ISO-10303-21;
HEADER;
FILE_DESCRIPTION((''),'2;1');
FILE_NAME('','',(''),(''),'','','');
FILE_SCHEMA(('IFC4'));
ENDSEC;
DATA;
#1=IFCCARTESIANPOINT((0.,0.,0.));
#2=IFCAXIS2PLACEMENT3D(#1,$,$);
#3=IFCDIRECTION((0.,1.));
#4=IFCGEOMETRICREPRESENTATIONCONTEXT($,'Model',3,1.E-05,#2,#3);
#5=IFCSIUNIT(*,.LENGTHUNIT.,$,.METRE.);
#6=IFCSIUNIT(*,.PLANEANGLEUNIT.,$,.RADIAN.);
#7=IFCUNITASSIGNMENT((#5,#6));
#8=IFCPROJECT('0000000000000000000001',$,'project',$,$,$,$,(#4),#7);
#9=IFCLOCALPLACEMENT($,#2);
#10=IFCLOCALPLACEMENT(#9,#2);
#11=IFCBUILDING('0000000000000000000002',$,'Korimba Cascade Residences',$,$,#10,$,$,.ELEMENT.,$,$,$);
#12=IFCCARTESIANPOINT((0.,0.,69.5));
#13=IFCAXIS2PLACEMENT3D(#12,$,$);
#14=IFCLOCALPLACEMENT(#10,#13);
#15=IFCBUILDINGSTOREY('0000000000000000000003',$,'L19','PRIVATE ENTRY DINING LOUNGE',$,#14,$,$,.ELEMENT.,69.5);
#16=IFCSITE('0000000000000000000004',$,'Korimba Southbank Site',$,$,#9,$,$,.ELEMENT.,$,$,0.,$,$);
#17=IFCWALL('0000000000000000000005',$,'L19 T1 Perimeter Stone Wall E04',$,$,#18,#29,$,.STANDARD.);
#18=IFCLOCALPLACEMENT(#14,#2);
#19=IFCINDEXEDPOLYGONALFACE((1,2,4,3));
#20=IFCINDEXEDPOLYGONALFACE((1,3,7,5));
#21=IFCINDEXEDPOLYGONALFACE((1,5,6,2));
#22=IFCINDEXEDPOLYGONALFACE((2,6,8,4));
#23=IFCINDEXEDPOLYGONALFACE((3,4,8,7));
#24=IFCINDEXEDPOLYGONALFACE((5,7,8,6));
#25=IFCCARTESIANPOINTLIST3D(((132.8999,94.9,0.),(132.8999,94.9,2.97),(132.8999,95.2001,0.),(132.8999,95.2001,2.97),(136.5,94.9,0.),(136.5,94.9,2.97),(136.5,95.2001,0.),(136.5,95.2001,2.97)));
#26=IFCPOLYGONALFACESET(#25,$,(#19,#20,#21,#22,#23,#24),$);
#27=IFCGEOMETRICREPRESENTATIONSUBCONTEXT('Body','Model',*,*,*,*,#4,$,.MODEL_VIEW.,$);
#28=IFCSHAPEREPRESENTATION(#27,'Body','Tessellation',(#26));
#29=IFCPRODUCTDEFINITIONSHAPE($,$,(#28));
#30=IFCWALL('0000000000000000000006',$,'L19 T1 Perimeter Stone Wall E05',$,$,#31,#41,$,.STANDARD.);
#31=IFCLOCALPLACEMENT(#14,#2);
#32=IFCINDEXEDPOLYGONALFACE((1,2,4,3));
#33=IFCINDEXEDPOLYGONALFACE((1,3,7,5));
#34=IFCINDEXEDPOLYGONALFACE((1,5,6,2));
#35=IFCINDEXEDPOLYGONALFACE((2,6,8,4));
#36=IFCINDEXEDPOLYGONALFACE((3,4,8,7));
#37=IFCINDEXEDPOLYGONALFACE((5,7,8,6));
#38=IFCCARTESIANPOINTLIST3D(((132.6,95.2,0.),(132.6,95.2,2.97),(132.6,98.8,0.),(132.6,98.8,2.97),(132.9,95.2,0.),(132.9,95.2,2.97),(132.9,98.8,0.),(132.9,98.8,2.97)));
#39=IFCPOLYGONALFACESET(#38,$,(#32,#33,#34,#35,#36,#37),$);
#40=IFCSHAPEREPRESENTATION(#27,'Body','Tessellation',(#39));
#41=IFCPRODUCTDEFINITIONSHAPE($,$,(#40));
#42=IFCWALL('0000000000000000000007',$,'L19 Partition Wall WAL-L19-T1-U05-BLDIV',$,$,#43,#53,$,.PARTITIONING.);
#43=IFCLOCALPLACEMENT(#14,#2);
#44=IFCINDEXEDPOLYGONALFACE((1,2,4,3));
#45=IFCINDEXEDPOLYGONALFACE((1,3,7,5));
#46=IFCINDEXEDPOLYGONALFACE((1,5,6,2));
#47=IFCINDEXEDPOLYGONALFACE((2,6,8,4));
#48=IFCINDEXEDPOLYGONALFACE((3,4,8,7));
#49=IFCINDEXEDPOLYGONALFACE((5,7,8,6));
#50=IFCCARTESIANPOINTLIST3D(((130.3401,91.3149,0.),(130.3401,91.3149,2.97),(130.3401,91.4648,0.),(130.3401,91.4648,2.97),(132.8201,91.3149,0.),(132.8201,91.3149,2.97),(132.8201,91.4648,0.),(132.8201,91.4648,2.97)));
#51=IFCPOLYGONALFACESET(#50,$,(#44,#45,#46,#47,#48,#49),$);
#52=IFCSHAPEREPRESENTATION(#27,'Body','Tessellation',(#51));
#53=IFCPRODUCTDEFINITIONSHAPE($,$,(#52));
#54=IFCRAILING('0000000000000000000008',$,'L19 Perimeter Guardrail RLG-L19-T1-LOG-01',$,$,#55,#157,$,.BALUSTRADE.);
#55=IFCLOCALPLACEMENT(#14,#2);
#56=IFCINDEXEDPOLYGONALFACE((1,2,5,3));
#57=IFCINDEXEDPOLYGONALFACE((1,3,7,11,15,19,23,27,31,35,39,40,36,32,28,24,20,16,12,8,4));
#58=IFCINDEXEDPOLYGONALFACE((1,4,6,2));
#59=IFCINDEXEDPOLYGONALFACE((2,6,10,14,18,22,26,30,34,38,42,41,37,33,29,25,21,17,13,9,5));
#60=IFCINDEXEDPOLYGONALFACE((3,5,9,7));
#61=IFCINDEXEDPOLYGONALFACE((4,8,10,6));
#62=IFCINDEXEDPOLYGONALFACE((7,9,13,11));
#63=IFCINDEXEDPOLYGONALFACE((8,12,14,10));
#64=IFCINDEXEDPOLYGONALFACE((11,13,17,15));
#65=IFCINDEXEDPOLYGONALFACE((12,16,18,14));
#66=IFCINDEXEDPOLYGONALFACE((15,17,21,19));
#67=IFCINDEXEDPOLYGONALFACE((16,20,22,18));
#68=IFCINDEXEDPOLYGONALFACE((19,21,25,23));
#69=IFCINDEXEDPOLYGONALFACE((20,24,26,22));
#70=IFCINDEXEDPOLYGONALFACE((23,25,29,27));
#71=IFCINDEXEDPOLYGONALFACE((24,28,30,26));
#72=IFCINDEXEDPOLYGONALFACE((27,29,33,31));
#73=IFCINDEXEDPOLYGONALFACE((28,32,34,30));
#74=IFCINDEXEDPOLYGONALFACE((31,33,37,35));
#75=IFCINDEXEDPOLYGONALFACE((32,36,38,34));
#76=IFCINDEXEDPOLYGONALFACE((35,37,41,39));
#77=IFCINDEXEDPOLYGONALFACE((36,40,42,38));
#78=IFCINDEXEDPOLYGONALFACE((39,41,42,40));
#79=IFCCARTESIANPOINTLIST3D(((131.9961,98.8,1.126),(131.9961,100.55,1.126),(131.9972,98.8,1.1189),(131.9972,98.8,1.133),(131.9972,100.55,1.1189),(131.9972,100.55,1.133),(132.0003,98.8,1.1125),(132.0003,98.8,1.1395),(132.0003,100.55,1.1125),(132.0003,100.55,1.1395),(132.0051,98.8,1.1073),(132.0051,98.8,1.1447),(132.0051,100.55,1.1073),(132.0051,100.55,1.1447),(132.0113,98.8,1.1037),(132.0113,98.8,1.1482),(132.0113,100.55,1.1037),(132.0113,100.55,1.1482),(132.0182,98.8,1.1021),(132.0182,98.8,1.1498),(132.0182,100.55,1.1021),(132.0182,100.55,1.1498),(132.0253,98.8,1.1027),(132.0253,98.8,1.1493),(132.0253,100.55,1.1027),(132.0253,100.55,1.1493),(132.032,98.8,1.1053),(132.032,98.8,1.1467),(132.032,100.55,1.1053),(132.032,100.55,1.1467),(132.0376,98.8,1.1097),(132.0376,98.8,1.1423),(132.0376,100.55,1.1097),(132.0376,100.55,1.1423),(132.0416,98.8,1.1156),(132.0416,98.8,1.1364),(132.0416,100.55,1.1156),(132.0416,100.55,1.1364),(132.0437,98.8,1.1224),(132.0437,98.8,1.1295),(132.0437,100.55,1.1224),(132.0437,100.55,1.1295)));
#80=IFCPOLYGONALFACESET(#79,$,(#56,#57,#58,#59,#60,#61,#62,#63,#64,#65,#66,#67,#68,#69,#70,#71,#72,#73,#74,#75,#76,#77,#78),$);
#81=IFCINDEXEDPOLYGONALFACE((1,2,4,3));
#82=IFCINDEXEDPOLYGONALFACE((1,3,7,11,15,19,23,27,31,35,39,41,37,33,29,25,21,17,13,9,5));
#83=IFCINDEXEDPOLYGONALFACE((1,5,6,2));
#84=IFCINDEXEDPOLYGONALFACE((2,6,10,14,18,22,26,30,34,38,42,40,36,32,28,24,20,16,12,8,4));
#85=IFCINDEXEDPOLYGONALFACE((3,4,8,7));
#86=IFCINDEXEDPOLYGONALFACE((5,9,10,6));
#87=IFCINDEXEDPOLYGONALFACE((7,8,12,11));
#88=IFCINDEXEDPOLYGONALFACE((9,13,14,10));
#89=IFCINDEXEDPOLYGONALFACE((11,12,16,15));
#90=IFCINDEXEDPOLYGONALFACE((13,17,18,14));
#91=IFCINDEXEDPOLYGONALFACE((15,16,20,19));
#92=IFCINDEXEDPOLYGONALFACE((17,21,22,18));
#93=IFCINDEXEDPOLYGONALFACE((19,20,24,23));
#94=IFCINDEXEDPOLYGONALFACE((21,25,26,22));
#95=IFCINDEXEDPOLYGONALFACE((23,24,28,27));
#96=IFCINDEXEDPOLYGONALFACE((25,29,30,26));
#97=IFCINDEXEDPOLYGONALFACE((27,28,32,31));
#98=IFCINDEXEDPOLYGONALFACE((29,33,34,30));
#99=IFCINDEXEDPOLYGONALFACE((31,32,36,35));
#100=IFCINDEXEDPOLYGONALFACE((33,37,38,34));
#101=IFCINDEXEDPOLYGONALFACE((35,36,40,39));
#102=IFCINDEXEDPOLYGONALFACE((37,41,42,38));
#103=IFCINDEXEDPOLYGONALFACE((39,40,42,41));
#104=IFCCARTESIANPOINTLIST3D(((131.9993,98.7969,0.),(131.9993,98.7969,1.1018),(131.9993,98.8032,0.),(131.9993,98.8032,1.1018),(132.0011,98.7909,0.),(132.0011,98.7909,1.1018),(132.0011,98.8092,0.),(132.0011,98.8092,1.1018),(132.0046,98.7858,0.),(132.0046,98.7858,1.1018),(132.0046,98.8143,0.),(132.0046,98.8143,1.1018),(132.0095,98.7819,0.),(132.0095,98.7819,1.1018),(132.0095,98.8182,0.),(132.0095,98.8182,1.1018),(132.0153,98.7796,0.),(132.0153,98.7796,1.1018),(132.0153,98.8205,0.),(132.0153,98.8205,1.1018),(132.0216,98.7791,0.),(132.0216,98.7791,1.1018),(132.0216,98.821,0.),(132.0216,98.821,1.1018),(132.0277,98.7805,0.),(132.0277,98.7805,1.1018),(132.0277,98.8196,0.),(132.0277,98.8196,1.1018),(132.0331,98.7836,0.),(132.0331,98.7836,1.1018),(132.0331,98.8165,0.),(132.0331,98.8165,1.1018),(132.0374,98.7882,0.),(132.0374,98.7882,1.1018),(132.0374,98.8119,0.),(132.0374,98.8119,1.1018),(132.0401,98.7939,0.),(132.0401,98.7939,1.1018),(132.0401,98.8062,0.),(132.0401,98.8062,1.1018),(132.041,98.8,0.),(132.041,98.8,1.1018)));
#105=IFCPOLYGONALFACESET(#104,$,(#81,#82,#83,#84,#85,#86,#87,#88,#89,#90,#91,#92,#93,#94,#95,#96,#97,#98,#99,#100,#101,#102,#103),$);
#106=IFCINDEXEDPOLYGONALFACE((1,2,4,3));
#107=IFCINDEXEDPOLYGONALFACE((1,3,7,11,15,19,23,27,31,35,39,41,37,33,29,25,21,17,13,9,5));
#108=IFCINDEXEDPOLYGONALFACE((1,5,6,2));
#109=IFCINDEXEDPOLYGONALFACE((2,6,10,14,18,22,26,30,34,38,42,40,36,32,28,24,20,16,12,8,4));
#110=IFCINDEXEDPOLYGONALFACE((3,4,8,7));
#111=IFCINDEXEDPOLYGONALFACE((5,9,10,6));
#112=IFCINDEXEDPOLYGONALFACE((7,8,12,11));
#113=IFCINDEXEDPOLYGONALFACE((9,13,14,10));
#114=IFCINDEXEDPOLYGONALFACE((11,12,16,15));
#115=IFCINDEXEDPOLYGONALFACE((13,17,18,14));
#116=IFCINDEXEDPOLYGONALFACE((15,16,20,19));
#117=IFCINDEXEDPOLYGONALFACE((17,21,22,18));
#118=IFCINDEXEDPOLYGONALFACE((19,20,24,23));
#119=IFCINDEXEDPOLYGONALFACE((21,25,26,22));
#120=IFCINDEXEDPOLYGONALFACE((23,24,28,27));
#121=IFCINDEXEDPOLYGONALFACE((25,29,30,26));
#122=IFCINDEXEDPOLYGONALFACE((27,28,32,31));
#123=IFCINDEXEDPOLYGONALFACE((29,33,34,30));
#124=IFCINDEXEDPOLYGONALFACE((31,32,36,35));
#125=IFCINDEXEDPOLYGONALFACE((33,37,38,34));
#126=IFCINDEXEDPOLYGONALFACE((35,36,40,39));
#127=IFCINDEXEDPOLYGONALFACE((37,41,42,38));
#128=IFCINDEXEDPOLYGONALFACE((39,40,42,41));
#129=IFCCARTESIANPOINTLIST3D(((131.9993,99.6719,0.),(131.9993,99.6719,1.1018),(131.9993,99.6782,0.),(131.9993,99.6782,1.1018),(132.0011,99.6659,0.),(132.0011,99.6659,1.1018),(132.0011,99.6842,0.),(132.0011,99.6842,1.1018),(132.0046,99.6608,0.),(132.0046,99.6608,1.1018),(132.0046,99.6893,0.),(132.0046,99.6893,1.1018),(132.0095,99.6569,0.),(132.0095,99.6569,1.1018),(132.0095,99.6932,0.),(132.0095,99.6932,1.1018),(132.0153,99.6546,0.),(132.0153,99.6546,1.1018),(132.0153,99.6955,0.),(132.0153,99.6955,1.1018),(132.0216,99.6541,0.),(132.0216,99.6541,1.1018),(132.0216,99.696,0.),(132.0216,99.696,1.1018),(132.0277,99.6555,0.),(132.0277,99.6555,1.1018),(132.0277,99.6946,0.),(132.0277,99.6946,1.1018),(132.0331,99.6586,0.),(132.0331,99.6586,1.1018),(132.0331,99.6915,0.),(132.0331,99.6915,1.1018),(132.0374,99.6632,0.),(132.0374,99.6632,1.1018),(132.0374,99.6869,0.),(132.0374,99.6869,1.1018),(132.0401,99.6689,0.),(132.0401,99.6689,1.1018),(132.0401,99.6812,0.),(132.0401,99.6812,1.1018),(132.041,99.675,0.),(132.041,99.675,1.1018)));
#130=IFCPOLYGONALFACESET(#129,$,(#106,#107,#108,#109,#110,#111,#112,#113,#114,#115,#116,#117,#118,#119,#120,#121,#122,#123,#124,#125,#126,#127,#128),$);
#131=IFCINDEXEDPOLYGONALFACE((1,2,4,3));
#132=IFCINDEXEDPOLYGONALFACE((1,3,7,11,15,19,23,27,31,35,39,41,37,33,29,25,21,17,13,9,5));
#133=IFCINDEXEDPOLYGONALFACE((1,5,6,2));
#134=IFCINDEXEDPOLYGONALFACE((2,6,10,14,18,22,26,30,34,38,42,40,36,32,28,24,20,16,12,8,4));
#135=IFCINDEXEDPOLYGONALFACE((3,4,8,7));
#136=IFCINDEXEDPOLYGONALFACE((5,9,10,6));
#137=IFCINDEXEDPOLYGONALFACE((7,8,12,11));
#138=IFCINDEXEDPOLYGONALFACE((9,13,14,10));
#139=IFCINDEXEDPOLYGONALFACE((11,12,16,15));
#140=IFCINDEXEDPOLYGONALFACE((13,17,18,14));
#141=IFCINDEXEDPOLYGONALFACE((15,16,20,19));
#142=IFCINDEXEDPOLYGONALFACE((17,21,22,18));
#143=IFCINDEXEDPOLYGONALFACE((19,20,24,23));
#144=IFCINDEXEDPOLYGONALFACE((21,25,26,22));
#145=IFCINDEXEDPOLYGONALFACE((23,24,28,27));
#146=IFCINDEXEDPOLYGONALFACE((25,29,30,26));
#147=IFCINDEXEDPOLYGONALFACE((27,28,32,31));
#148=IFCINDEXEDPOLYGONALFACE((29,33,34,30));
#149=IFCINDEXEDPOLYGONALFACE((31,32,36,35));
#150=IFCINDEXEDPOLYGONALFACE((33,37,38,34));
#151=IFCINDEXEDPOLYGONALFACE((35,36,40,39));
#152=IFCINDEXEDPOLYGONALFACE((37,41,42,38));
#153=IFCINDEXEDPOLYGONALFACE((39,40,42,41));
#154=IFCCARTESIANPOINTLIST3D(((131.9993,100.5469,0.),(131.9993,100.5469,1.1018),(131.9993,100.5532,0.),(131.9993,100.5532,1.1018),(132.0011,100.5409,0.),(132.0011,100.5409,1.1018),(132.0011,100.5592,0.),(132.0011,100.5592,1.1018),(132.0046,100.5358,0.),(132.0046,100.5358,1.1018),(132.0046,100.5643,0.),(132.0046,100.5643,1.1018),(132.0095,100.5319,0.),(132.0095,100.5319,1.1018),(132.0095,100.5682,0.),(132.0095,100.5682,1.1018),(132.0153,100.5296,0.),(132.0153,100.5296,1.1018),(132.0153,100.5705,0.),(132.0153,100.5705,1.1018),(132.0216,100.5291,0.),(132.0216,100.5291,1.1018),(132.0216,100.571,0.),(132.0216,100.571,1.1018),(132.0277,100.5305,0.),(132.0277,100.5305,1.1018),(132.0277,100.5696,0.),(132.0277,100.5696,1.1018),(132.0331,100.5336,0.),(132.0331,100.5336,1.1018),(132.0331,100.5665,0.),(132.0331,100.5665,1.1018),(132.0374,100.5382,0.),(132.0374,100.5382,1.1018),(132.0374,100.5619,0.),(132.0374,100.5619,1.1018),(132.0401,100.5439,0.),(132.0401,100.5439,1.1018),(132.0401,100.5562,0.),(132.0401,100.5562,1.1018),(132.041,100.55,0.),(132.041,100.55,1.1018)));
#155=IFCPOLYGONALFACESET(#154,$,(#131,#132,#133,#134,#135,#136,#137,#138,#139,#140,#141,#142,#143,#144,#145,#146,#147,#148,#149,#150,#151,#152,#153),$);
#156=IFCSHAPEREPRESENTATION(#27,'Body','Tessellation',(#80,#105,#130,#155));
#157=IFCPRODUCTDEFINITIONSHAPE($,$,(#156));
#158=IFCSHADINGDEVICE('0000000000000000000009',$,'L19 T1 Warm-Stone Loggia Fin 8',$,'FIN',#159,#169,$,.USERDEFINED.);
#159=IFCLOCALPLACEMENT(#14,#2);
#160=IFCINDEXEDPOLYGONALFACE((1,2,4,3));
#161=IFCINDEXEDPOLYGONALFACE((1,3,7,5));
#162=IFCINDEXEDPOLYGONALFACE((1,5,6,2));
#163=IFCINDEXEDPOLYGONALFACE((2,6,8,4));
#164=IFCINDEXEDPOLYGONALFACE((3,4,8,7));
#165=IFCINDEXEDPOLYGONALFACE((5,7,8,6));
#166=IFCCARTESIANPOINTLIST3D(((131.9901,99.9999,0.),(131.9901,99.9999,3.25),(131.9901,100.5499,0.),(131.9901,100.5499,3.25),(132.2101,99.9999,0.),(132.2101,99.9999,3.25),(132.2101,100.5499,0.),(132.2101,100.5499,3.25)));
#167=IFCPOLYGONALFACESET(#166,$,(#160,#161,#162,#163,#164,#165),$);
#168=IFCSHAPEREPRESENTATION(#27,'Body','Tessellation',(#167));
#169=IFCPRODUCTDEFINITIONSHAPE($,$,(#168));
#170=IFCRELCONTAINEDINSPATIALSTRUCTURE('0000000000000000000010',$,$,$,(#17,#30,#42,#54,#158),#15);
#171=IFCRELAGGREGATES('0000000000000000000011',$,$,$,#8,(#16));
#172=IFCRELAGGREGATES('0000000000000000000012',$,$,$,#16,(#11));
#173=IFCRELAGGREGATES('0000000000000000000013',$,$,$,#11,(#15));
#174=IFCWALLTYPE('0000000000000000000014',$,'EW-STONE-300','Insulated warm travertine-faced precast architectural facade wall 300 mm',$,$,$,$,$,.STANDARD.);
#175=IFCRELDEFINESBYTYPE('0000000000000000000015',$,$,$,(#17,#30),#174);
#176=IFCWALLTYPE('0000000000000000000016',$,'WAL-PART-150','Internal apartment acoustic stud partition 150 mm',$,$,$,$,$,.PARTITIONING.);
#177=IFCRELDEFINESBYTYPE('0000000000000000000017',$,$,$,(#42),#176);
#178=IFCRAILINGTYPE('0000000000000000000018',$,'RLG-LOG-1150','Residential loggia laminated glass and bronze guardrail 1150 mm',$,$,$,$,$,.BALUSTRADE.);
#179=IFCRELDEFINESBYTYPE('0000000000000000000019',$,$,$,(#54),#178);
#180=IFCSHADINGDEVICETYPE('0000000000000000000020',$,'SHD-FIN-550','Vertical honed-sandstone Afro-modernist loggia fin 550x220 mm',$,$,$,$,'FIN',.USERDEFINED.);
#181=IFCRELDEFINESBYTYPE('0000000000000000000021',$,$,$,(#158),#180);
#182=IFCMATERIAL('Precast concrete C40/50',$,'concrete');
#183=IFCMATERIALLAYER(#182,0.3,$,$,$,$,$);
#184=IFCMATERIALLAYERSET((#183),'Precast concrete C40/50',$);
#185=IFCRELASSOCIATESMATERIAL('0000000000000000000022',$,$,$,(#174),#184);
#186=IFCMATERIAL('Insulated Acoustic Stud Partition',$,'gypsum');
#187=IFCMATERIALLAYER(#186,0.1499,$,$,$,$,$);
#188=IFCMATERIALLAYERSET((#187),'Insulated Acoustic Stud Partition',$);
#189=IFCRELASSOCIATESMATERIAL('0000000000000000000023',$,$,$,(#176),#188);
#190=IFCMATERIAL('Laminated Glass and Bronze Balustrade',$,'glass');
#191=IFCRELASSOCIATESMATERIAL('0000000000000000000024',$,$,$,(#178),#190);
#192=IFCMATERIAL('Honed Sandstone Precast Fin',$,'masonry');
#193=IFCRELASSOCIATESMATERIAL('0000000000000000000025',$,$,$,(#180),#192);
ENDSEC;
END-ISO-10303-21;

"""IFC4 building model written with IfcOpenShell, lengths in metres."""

from ifc_helpers import new_model, si_unit, direction, frame, frame_2d, origin, origin_2d, place, context, subcontext, project, spatial, rectangle, circle, extrude, material, layer, layer_set, type_object, element, save


model = new_model("IFC4")

# Units and contexts
model_context = context("Model", 3, precision=1e-05, world=origin(), true_north=direction((0.0, 1.0)))
body_context = subcontext(model_context, "Body", "Model", "MODEL_VIEW")
ifc_project = project(units=[si_unit("LENGTHUNIT", "METRE"), si_unit("PLANEANGLEUNIT", "RADIAN")], contexts=[model_context])

# Site, building, storey
site_placement = place(None, origin())
site = spatial("IfcSite", under=ifc_project, at=site_placement, Name="Korimba Southbank Site", CompositionType="ELEMENT", RefElevation=0.0)
building_placement = place(site_placement, origin())
building = spatial("IfcBuilding", under=site, at=building_placement, Name="Korimba Cascade Residences", CompositionType="ELEMENT")
storey_placement = place(building_placement, frame((0.0, 0.0, 69.5)))
storey = spatial("IfcBuildingStorey", under=building, at=storey_placement, Name="L19", Description="PRIVATE ENTRY DINING LOUNGE", CompositionType="ELEMENT", Elevation=69.5)

# Shared definitions
ifc_material_1 = material(Name="Precast concrete C40/50", Category="concrete")

# Walls
ifc_layer_1 = layer(ifc_material_1, 0.3)
ifc_layer_set_1 = layer_set([ifc_layer_1], Name="Precast concrete C40/50")
wall_type_1 = type_object("IfcWallType", Name="EW-STONE-300", Description="Insulated warm travertine-faced precast architectural facade wall 300 mm", PredefinedType="STANDARD", material=ifc_layer_set_1)
for number, where, z_axis, x_axis, name in (
    (1, (136.5, 95.05, 0.0), (0.0, 0.0, 1.0), (-1.0, 0.0, 0.0), "L19 T1 Perimeter Stone Wall E04"),
    (2, (132.75, 95.2, 0.0), (0.0, 0.0, 1.0), (0.0, 1.0, 0.0), "L19 T1 Perimeter Stone Wall E05"),
):
    element("IfcWall", number, at=place(storey_placement, frame(where, z_axis=z_axis, x_axis=x_axis)), inside=storey, type_object=wall_type_1, Name=name, PredefinedType="STANDARD", context=body_context, shape_type="SweptSolid", body=[
        extrude(rectangle(XDim=3.6001, YDim=0.3, at=frame_2d((1.8, 0.0))), origin(), (0.0, 0.0, 1.0), 2.97),
    ])
ifc_material_2 = material(Name="Insulated Acoustic Stud Partition", Category="gypsum")
ifc_layer_2 = layer(ifc_material_2, 0.1499)
ifc_layer_set_2 = layer_set([ifc_layer_2], Name="Insulated Acoustic Stud Partition")
wall_type_2 = type_object("IfcWallType", Name="WAL-PART-150", Description="Internal apartment acoustic stud partition 150 mm", PredefinedType="PARTITIONING", material=ifc_layer_set_2)
wall_1_placement = place(storey_placement, frame((130.3401, 91.3899, 0.0), z_axis=(0.0, 0.0, 1.0), x_axis=(1.0, 0.0, 0.0)))
element("IfcWall", 3, at=wall_1_placement, inside=storey, type_object=wall_type_2, Name="L19 Partition Wall WAL-L19-T1-U05-BLDIV", PredefinedType="PARTITIONING", context=body_context, shape_type="SweptSolid", body=[
    extrude(rectangle(XDim=2.48, YDim=0.1499, at=frame_2d((1.24, 0.0))), origin(), (0.0, 0.0, 1.0), 2.97),
])

# Railing
ifc_material_3 = material(Name="Laminated Glass and Bronze Balustrade", Category="glass")
railing_type = type_object("IfcRailingType", Name="RLG-LOG-1150", Description="Residential loggia laminated glass and bronze guardrail 1150 mm", PredefinedType="BALUSTRADE", material=ifc_material_3)
railing_1_placement = place(storey_placement, frame((132.02, 98.8, 0.0)))
element("IfcRailing", 4, at=railing_1_placement, inside=storey, type_object=railing_type, Name="L19 Perimeter Guardrail RLG-L19-T1-LOG-01", PredefinedType="BALUSTRADE", context=body_context, shape_type="SweptSolid", body=[
    extrude(circle(Radius=0.0239, at=origin_2d()), frame((0.0, 0.0, 1.126), z_axis=(0.0, 1.0, 0.0), x_axis=(-1.0, 0.0, 0.0)), (0.0, 0.0, 1.0), 1.75),
    extrude(circle(Radius=0.021, at=origin_2d()), origin(), (0.0, 0.0, 1.0), 1.1018),
    extrude(circle(Radius=0.021, at=origin_2d()), frame((0.0, 0.875, 0.0)), (0.0, 0.0, 1.0), 1.1018),
    extrude(circle(Radius=0.021, at=origin_2d()), frame((0.0, 1.75, 0.0)), (0.0, 0.0, 1.0), 1.1018),
])

# Shading device
ifc_material_4 = material(Name="Honed Sandstone Precast Fin", Category="masonry")
shading_device_type = type_object("IfcShadingDeviceType", Name="SHD-FIN-550", Description="Vertical honed-sandstone Afro-modernist loggia fin 550x220 mm", ElementType="FIN", PredefinedType="USERDEFINED", material=ifc_material_4)
shading_device_placement = place(storey_placement, frame((132.1001, 100.2749, 0.0), z_axis=(0.0, 0.0, 1.0), x_axis=(1.0, 0.0, 0.0)))
element("IfcShadingDevice", 5, at=shading_device_placement, inside=storey, type_object=shading_device_type, Name="L19 T1 Warm-Stone Loggia Fin 8", ObjectType="FIN", PredefinedType="USERDEFINED", context=body_context, shape_type="SweptSolid", body=[
    extrude(rectangle(XDim=0.22, YDim=0.55, at=origin_2d()), origin(), (0.0, 0.0, 1.0), 3.25),
])

save(model, "model.ifc")
